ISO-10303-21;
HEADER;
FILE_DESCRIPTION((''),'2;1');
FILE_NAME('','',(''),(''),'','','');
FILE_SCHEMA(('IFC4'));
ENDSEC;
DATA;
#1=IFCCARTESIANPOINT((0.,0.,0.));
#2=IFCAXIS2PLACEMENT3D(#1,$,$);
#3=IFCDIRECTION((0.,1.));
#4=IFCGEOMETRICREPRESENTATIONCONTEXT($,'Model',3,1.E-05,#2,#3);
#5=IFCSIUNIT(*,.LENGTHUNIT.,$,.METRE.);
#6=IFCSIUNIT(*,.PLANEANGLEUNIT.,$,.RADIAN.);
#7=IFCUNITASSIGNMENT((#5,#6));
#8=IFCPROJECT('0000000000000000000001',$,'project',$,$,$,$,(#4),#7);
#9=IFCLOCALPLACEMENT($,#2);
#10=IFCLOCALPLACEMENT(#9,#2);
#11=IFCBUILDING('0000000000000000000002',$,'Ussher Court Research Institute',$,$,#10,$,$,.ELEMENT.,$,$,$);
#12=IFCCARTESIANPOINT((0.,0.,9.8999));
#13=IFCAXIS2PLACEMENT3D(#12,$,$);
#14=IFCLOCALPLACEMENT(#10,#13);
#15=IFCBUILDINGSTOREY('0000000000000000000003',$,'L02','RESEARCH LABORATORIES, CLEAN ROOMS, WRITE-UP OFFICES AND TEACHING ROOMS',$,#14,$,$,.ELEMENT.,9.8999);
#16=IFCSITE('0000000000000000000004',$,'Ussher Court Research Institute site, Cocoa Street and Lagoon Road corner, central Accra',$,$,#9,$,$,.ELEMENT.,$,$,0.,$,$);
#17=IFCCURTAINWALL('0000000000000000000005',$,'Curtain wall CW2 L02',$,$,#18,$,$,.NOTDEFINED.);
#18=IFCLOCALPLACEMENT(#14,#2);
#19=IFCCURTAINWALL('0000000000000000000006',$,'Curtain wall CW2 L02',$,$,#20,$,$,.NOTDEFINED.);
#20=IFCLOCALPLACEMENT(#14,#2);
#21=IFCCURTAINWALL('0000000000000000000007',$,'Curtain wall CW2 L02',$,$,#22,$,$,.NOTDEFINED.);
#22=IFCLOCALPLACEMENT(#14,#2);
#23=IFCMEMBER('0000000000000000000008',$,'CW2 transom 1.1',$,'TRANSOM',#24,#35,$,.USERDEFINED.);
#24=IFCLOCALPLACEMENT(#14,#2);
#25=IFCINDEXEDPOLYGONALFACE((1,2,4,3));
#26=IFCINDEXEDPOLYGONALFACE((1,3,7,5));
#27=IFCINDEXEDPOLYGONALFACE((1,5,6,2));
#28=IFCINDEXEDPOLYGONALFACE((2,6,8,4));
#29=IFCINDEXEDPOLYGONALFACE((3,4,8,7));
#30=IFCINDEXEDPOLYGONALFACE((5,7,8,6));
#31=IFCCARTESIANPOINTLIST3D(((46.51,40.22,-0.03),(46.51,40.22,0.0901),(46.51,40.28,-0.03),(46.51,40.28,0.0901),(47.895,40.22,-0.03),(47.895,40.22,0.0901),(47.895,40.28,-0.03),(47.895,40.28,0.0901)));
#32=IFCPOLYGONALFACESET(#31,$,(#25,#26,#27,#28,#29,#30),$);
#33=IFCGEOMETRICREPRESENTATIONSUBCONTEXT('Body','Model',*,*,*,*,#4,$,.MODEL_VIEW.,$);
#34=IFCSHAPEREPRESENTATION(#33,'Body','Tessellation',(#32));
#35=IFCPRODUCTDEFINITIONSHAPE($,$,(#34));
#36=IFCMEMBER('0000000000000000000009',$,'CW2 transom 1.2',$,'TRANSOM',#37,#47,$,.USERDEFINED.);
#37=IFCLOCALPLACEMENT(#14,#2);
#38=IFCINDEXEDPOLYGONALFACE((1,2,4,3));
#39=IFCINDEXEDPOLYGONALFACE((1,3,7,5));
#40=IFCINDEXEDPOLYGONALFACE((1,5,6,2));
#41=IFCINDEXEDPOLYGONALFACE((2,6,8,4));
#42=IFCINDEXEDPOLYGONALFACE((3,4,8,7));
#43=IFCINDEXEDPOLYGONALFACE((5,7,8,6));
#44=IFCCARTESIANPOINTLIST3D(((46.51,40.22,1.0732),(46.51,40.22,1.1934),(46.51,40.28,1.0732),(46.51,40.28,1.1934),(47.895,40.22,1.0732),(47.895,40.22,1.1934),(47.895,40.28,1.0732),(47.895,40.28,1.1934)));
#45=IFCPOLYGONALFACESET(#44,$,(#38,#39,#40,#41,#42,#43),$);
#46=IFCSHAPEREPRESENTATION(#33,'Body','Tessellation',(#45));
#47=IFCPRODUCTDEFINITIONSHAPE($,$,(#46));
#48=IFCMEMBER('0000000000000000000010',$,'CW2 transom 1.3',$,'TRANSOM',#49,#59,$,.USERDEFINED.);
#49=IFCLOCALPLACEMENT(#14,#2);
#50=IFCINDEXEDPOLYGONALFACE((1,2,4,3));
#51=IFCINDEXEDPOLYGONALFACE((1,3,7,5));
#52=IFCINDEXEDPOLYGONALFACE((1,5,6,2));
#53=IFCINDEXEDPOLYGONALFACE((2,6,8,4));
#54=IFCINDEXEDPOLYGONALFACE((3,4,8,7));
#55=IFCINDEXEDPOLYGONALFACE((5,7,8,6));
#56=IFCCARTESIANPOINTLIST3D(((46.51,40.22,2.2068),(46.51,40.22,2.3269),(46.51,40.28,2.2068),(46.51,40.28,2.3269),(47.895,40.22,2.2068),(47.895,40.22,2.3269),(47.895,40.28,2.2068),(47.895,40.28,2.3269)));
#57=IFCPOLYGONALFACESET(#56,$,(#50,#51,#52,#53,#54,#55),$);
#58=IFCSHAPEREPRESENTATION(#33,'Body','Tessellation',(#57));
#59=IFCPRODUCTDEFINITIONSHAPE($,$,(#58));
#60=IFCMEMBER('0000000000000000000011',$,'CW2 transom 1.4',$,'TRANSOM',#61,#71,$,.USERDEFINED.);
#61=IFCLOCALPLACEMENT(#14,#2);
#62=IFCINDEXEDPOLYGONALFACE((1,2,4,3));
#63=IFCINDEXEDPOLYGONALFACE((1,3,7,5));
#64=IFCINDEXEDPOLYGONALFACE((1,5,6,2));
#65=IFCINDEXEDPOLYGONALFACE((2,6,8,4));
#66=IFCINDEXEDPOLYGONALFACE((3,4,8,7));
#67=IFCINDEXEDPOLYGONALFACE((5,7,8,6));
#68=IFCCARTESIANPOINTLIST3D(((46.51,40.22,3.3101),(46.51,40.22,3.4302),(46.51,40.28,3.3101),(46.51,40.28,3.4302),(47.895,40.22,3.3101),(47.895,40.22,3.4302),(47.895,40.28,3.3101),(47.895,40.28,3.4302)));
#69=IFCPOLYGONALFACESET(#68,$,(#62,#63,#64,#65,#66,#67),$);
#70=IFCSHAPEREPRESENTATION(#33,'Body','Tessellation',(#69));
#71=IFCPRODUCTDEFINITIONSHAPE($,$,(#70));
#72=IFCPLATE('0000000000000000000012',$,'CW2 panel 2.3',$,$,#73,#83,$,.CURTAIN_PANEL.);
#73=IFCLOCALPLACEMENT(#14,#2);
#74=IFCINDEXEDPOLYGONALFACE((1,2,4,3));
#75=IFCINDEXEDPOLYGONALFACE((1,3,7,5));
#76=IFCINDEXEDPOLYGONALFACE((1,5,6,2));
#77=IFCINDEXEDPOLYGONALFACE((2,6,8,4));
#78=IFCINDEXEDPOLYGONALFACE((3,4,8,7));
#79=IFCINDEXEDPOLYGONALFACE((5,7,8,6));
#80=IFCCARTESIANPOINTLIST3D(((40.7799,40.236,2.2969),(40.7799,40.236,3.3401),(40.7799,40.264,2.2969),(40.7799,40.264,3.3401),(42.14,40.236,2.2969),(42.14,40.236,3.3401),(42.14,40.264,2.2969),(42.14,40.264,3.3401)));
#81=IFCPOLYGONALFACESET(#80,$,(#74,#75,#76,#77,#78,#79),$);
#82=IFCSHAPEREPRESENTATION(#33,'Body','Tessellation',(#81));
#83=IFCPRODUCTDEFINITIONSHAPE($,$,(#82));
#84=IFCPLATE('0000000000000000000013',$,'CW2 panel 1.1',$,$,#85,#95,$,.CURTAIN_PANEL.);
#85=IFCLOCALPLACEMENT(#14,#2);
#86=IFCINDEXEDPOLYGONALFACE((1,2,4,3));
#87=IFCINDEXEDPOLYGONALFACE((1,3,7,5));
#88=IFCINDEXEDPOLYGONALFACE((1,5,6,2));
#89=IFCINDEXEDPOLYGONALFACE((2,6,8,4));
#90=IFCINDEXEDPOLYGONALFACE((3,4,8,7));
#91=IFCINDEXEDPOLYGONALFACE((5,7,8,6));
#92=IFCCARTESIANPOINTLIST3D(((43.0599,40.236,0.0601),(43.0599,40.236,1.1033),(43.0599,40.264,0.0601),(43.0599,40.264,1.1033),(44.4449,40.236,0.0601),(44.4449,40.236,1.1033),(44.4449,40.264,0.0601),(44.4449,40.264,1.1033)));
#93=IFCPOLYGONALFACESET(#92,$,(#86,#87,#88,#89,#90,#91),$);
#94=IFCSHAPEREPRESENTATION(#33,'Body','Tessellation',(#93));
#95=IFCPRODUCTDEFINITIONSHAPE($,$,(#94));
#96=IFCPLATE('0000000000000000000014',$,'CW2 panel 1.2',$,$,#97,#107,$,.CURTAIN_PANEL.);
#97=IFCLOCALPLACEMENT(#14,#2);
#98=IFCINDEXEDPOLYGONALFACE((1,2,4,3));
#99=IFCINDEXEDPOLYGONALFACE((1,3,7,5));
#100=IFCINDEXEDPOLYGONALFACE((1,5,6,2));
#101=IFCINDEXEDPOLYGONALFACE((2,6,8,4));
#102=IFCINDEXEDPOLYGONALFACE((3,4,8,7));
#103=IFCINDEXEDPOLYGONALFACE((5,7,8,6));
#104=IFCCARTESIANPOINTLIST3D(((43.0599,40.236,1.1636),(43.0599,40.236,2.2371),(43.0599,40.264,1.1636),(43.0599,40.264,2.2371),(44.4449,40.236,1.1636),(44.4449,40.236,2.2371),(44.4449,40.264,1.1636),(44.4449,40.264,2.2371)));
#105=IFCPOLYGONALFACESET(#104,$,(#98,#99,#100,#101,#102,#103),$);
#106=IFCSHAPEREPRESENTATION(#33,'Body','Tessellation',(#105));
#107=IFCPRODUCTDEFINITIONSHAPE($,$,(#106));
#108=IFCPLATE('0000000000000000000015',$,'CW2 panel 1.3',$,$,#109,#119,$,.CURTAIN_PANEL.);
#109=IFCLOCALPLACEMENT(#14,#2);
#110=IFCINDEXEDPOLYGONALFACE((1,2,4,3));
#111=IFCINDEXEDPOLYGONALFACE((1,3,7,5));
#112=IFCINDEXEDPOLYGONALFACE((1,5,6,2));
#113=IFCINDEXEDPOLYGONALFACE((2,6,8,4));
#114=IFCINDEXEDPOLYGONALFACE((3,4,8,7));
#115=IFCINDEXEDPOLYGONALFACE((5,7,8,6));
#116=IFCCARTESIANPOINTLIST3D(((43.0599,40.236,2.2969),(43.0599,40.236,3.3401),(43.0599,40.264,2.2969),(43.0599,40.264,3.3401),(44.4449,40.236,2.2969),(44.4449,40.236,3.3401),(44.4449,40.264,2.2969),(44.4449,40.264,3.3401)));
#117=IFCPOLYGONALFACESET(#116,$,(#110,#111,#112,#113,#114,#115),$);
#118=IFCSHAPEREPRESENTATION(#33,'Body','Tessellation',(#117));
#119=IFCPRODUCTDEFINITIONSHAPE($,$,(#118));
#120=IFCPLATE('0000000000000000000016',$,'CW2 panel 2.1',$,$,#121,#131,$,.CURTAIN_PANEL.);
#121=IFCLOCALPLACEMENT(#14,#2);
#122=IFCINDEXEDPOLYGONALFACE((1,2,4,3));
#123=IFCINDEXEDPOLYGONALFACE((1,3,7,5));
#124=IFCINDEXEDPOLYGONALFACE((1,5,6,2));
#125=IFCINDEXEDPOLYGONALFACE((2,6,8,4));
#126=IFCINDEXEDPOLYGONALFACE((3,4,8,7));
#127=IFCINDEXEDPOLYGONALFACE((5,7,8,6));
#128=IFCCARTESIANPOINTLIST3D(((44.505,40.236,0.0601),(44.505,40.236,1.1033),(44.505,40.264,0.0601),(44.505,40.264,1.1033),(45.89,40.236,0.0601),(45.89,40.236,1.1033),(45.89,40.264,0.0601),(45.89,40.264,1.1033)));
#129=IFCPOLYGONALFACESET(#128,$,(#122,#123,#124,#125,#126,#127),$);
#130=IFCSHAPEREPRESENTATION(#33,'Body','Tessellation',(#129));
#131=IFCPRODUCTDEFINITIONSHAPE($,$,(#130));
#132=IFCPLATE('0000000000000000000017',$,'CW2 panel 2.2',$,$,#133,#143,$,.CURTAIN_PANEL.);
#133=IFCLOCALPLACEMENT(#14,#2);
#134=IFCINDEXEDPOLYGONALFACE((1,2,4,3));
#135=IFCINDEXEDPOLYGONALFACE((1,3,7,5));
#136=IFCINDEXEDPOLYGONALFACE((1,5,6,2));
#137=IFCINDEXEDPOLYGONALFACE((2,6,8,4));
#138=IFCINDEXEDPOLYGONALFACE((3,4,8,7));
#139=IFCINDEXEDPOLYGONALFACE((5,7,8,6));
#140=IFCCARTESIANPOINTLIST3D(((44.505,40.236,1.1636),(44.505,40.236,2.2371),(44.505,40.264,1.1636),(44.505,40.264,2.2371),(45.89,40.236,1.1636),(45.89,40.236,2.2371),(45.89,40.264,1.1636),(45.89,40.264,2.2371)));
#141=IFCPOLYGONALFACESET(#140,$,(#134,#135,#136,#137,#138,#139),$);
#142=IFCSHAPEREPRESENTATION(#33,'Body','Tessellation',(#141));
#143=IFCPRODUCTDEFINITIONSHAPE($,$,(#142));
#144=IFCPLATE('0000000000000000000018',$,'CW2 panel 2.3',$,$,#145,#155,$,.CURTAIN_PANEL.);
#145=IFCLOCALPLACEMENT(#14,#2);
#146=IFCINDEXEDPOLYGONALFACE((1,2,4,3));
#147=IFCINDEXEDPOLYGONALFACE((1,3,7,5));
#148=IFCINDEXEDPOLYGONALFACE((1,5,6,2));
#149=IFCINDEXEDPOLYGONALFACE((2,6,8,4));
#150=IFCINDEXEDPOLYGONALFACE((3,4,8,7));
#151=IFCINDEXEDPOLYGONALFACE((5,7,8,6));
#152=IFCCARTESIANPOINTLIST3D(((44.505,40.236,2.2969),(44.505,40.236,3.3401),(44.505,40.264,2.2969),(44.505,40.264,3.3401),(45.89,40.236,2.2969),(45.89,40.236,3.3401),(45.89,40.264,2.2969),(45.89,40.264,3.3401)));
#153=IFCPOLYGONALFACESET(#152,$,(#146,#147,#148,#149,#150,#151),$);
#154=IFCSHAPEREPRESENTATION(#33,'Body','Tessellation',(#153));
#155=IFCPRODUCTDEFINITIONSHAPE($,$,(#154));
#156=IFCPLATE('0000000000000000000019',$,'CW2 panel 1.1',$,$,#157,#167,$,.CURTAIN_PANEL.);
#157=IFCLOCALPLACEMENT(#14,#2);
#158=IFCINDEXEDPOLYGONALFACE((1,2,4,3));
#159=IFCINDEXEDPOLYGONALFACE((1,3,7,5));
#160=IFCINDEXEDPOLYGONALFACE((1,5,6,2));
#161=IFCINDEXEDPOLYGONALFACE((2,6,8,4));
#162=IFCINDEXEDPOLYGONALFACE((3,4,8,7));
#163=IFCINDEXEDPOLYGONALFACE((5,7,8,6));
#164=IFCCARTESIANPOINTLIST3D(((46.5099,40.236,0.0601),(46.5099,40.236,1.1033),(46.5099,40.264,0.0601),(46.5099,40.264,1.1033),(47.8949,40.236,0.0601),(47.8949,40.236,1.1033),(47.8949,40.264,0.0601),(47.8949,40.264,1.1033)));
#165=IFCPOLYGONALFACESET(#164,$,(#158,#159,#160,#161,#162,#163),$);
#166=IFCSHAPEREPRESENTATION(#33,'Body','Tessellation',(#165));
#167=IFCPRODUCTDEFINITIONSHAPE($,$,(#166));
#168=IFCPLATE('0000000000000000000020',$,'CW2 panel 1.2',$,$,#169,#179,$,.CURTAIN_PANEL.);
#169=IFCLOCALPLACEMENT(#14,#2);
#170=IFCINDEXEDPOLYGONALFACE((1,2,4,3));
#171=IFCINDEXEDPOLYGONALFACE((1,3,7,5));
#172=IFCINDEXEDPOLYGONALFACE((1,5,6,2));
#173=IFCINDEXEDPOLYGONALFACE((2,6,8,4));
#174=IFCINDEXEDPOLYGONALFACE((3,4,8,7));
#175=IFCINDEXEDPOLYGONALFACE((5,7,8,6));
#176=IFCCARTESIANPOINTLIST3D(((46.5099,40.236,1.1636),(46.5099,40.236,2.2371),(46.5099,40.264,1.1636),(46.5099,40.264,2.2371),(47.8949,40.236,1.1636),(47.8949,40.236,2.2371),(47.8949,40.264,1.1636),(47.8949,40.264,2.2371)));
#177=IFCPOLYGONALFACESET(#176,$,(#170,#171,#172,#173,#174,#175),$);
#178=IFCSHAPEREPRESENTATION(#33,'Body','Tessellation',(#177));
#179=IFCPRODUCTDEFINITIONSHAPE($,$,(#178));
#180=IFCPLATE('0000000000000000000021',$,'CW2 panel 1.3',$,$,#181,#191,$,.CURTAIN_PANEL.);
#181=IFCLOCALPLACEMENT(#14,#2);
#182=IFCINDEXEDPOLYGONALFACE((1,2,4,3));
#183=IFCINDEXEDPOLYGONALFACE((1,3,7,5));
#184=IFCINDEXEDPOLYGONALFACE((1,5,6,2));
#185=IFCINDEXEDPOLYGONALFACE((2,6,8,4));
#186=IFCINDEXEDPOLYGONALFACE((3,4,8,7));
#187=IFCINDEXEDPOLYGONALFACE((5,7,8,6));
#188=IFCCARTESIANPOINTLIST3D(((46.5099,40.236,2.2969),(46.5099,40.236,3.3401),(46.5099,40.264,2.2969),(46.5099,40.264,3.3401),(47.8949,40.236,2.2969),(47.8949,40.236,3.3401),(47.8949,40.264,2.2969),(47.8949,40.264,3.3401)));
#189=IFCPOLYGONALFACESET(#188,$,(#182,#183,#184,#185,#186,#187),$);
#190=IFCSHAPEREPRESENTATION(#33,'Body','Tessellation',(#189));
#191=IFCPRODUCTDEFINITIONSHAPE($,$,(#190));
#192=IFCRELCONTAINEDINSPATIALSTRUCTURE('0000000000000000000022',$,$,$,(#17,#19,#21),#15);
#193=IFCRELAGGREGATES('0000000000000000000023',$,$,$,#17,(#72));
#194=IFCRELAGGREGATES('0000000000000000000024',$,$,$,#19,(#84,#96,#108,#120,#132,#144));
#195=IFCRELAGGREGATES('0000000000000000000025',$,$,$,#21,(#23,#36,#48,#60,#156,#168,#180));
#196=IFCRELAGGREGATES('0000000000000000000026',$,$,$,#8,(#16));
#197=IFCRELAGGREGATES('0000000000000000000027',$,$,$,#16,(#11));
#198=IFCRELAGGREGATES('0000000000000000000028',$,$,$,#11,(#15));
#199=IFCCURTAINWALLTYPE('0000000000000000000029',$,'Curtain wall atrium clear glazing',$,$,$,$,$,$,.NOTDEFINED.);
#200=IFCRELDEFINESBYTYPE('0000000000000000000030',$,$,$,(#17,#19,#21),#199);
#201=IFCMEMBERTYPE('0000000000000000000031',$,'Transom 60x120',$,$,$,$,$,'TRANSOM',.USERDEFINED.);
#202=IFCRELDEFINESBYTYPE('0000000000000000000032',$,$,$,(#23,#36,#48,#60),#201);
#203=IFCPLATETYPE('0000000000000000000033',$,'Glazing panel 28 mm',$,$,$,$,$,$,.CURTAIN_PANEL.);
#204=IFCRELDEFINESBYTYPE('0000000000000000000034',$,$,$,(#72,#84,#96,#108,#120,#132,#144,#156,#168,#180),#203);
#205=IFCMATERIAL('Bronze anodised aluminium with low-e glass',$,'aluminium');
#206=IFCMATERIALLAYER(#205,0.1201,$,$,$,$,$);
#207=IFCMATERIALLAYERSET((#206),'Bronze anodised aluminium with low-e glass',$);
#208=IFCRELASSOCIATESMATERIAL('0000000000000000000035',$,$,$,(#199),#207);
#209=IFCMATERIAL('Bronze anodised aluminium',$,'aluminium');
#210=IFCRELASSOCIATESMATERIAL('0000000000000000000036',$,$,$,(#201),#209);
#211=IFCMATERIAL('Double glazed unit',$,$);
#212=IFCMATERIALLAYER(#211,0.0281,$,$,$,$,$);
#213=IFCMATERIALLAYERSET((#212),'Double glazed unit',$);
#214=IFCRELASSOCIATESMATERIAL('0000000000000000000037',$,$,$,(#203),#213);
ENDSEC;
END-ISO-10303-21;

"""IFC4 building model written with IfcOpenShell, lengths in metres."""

from ifc_helpers import new_model, si_unit, direction, frame, origin, origin_2d, place, context, subcontext, project, spatial, rectangle, extrude, material, layer, layer_set, material_profile, profile_set, type_object, element, aggregate, save


model = new_model("IFC4")

# Units and contexts
model_context = context("Model", 3, precision=1e-05, world=origin(), true_north=direction((0.0, 1.0)))
body_context = subcontext(model_context, "Body", "Model", "MODEL_VIEW")
ifc_project = project(units=[si_unit("LENGTHUNIT", "METRE"), si_unit("PLANEANGLEUNIT", "RADIAN")], contexts=[model_context])

# Site, building, storey
site_placement = place(None, origin())
site = spatial("IfcSite", under=ifc_project, at=site_placement, Name="Ussher Court Research Institute site, Cocoa Street and Lagoon Road corner, central Accra", CompositionType="ELEMENT", RefElevation=0.0)
building_placement = place(site_placement, origin())
building = spatial("IfcBuilding", under=site, at=building_placement, Name="Ussher Court Research Institute", CompositionType="ELEMENT")
storey_placement = place(building_placement, frame((0.0, 0.0, 9.8999)))
storey = spatial("IfcBuildingStorey", under=building, at=storey_placement, Name="L02", Description="RESEARCH LABORATORIES, CLEAN ROOMS, WRITE-UP OFFICES AND TEACHING ROOMS", CompositionType="ELEMENT", Elevation=9.8999)

# Curtain wall
ifc_material_1 = material(Name="Bronze anodised aluminium with low-e glass", Category="aluminium")
ifc_layer_1 = layer(ifc_material_1, 0.1201)
ifc_layer_set_1 = layer_set([ifc_layer_1], Name="Bronze anodised aluminium with low-e glass")
curtain_wall_type = type_object("IfcCurtainWallType", Name="Curtain wall atrium clear glazing", PredefinedType="NOTDEFINED", material=ifc_layer_set_1)
curtain_wall_1_placement = place(storey_placement, origin())
curtain_wall_1 = element("IfcCurtainWall", 1, at=curtain_wall_1_placement, inside=storey, type_object=curtain_wall_type, Name="Curtain wall CW2 L02", PredefinedType="NOTDEFINED")

# Curtain wall
curtain_wall_2_placement = place(storey_placement, origin())
curtain_wall_2 = element("IfcCurtainWall", 2, at=curtain_wall_2_placement, inside=storey, type_object=curtain_wall_type, Name="Curtain wall CW2 L02", PredefinedType="NOTDEFINED")

# Curtain wall
curtain_wall_3_placement = place(storey_placement, origin())
curtain_wall_3 = element("IfcCurtainWall", 3, at=curtain_wall_3_placement, inside=storey, type_object=curtain_wall_type, Name="Curtain wall CW2 L02", PredefinedType="NOTDEFINED")

# Members
ifc_material_2 = material(Name="Bronze anodised aluminium", Category="aluminium")
ifc_material_profile_1 = material_profile(ifc_material_2, rectangle(XDim=0.0601, YDim=0.1201, at=origin_2d()), Name="Transom 60x120")
ifc_profile_set_1 = profile_set([ifc_material_profile_1], Name="Bronze anodised aluminium")
member_type_1 = type_object("IfcMemberType", Name="Transom 60x120", ElementType="TRANSOM", PredefinedType="USERDEFINED", material=ifc_profile_set_1)
member_1_placement = place(storey_placement, frame((46.51, 40.25, 0.03), z_axis=(1.0, 0.0, 0.0), x_axis=(0.0, 1.0, 0.0)))
member_1 = element("IfcMember", 4, at=member_1_placement, type_object=member_type_1, Name="CW2 transom 1.1", ObjectType="TRANSOM", PredefinedType="USERDEFINED", context=body_context, shape_type="SweptSolid", body=[
    extrude(rectangle(XDim=0.0601, YDim=0.1201, at=origin_2d()), origin(), (0.0, 0.0, 1.0), 1.385),
])
member_2_placement = place(storey_placement, frame((46.51, 40.25, 1.1333), z_axis=(1.0, 0.0, 0.0), x_axis=(0.0, 1.0, 0.0)))
member_2 = element("IfcMember", 5, at=member_2_placement, type_object=member_type_1, Name="CW2 transom 1.2", ObjectType="TRANSOM", PredefinedType="USERDEFINED", context=body_context, shape_type="SweptSolid", body=[
    extrude(rectangle(XDim=0.0601, YDim=0.1201, at=origin_2d()), origin(), (0.0, 0.0, 1.0), 1.385),
])
member_3_placement = place(storey_placement, frame((46.51, 40.25, 2.2668), z_axis=(1.0, 0.0, 0.0), x_axis=(0.0, 1.0, 0.0)))
member_3 = element("IfcMember", 6, at=member_3_placement, type_object=member_type_1, Name="CW2 transom 1.3", ObjectType="TRANSOM", PredefinedType="USERDEFINED", context=body_context, shape_type="SweptSolid", body=[
    extrude(rectangle(XDim=0.0601, YDim=0.1201, at=origin_2d()), origin(), (0.0, 0.0, 1.0), 1.385),
])
member_4_placement = place(storey_placement, frame((46.51, 40.25, 3.3701), z_axis=(1.0, 0.0, 0.0), x_axis=(0.0, 1.0, 0.0)))
member_4 = element("IfcMember", 7, at=member_4_placement, type_object=member_type_1, Name="CW2 transom 1.4", ObjectType="TRANSOM", PredefinedType="USERDEFINED", context=body_context, shape_type="SweptSolid", body=[
    extrude(rectangle(XDim=0.0601, YDim=0.1201, at=origin_2d()), origin(), (0.0, 0.0, 1.0), 1.385),
])

# Plates
ifc_material_3 = material(Name="Double glazed unit")
ifc_layer_2 = layer(ifc_material_3, 0.0281)
ifc_layer_set_2 = layer_set([ifc_layer_2], Name="Double glazed unit")
plate_type = type_object("IfcPlateType", Name="Glazing panel 28 mm", PredefinedType="CURTAIN_PANEL", material=ifc_layer_set_2)
plate_1_placement = place(storey_placement, frame((41.46, 40.25, 2.2969), z_axis=(0.0, 0.0, 1.0), x_axis=(1.0, 0.0, 0.0)))
plate_1 = element("IfcPlate", 8, at=plate_1_placement, type_object=plate_type, Name="CW2 panel 2.3", PredefinedType="CURTAIN_PANEL", context=body_context, shape_type="SweptSolid", body=[
    extrude(rectangle(XDim=1.3601, YDim=0.0281, at=origin_2d()), origin(), (0.0, 0.0, 1.0), 1.0432),
])
aggregate(curtain_wall_1, [plate_1])
plate_2_placement = place(storey_placement, frame((43.7524, 40.25, 0.0601), z_axis=(0.0, 0.0, 1.0), x_axis=(1.0, 0.0, 0.0)))
plate_2 = element("IfcPlate", 9, at=plate_2_placement, type_object=plate_type, Name="CW2 panel 1.1", PredefinedType="CURTAIN_PANEL", context=body_context, shape_type="SweptSolid", body=[
    extrude(rectangle(XDim=1.385, YDim=0.0281, at=origin_2d()), origin(), (0.0, 0.0, 1.0), 1.0432),
])
plate_3_placement = place(storey_placement, frame((43.7524, 40.25, 1.1636), z_axis=(0.0, 0.0, 1.0), x_axis=(1.0, 0.0, 0.0)))
plate_3 = element("IfcPlate", 10, at=plate_3_placement, type_object=plate_type, Name="CW2 panel 1.2", PredefinedType="CURTAIN_PANEL", context=body_context, shape_type="SweptSolid", body=[
    extrude(rectangle(XDim=1.385, YDim=0.0281, at=origin_2d()), origin(), (0.0, 0.0, 1.0), 1.0735),
])
plate_4_placement = place(storey_placement, frame((43.7524, 40.25, 2.2969), z_axis=(0.0, 0.0, 1.0), x_axis=(1.0, 0.0, 0.0)))
plate_4 = element("IfcPlate", 11, at=plate_4_placement, type_object=plate_type, Name="CW2 panel 1.3", PredefinedType="CURTAIN_PANEL", context=body_context, shape_type="SweptSolid", body=[
    extrude(rectangle(XDim=1.385, YDim=0.0281, at=origin_2d()), origin(), (0.0, 0.0, 1.0), 1.0432),
])
plate_5_placement = place(storey_placement, frame((45.1975, 40.25, 0.0601), z_axis=(0.0, 0.0, 1.0), x_axis=(1.0, 0.0, 0.0)))
plate_5 = element("IfcPlate", 12, at=plate_5_placement, type_object=plate_type, Name="CW2 panel 2.1", PredefinedType="CURTAIN_PANEL", context=body_context, shape_type="SweptSolid", body=[
    extrude(rectangle(XDim=1.385, YDim=0.0281, at=origin_2d()), origin(), (0.0, 0.0, 1.0), 1.0432),
])
plate_6_placement = place(storey_placement, frame((45.1975, 40.25, 1.1636), z_axis=(0.0, 0.0, 1.0), x_axis=(1.0, 0.0, 0.0)))
plate_6 = element("IfcPlate", 13, at=plate_6_placement, type_object=plate_type, Name="CW2 panel 2.2", PredefinedType="CURTAIN_PANEL", context=body_context, shape_type="SweptSolid", body=[
    extrude(rectangle(XDim=1.385, YDim=0.0281, at=origin_2d()), origin(), (0.0, 0.0, 1.0), 1.0735),
])
plate_7_placement = place(storey_placement, frame((45.1975, 40.25, 2.2969), z_axis=(0.0, 0.0, 1.0), x_axis=(1.0, 0.0, 0.0)))
plate_7 = element("IfcPlate", 14, at=plate_7_placement, type_object=plate_type, Name="CW2 panel 2.3", PredefinedType="CURTAIN_PANEL", context=body_context, shape_type="SweptSolid", body=[
    extrude(rectangle(XDim=1.385, YDim=0.0281, at=origin_2d()), origin(), (0.0, 0.0, 1.0), 1.0432),
])
aggregate(curtain_wall_2, [plate_2, plate_3, plate_4, plate_5, plate_6, plate_7])
plate_8_placement = place(storey_placement, frame((47.2024, 40.25, 0.0601), z_axis=(0.0, 0.0, 1.0), x_axis=(1.0, 0.0, 0.0)))
plate_8 = element("IfcPlate", 15, at=plate_8_placement, type_object=plate_type, Name="CW2 panel 1.1", PredefinedType="CURTAIN_PANEL", context=body_context, shape_type="SweptSolid", body=[
    extrude(rectangle(XDim=1.385, YDim=0.0281, at=origin_2d()), origin(), (0.0, 0.0, 1.0), 1.0432),
])
plate_9_placement = place(storey_placement, frame((47.2024, 40.25, 1.1636), z_axis=(0.0, 0.0, 1.0), x_axis=(1.0, 0.0, 0.0)))
plate_9 = element("IfcPlate", 16, at=plate_9_placement, type_object=plate_type, Name="CW2 panel 1.2", PredefinedType="CURTAIN_PANEL", context=body_context, shape_type="SweptSolid", body=[
    extrude(rectangle(XDim=1.385, YDim=0.0281, at=origin_2d()), origin(), (0.0, 0.0, 1.0), 1.0735),
])
plate_10_placement = place(storey_placement, frame((47.2024, 40.25, 2.2969), z_axis=(0.0, 0.0, 1.0), x_axis=(1.0, 0.0, 0.0)))
plate_10 = element("IfcPlate", 17, at=plate_10_placement, type_object=plate_type, Name="CW2 panel 1.3", PredefinedType="CURTAIN_PANEL", context=body_context, shape_type="SweptSolid", body=[
    extrude(rectangle(XDim=1.385, YDim=0.0281, at=origin_2d()), origin(), (0.0, 0.0, 1.0), 1.0432),
])
aggregate(curtain_wall_3, [member_1, member_2, member_3, member_4, plate_8, plate_9, plate_10])

save(model, "model.ifc")
